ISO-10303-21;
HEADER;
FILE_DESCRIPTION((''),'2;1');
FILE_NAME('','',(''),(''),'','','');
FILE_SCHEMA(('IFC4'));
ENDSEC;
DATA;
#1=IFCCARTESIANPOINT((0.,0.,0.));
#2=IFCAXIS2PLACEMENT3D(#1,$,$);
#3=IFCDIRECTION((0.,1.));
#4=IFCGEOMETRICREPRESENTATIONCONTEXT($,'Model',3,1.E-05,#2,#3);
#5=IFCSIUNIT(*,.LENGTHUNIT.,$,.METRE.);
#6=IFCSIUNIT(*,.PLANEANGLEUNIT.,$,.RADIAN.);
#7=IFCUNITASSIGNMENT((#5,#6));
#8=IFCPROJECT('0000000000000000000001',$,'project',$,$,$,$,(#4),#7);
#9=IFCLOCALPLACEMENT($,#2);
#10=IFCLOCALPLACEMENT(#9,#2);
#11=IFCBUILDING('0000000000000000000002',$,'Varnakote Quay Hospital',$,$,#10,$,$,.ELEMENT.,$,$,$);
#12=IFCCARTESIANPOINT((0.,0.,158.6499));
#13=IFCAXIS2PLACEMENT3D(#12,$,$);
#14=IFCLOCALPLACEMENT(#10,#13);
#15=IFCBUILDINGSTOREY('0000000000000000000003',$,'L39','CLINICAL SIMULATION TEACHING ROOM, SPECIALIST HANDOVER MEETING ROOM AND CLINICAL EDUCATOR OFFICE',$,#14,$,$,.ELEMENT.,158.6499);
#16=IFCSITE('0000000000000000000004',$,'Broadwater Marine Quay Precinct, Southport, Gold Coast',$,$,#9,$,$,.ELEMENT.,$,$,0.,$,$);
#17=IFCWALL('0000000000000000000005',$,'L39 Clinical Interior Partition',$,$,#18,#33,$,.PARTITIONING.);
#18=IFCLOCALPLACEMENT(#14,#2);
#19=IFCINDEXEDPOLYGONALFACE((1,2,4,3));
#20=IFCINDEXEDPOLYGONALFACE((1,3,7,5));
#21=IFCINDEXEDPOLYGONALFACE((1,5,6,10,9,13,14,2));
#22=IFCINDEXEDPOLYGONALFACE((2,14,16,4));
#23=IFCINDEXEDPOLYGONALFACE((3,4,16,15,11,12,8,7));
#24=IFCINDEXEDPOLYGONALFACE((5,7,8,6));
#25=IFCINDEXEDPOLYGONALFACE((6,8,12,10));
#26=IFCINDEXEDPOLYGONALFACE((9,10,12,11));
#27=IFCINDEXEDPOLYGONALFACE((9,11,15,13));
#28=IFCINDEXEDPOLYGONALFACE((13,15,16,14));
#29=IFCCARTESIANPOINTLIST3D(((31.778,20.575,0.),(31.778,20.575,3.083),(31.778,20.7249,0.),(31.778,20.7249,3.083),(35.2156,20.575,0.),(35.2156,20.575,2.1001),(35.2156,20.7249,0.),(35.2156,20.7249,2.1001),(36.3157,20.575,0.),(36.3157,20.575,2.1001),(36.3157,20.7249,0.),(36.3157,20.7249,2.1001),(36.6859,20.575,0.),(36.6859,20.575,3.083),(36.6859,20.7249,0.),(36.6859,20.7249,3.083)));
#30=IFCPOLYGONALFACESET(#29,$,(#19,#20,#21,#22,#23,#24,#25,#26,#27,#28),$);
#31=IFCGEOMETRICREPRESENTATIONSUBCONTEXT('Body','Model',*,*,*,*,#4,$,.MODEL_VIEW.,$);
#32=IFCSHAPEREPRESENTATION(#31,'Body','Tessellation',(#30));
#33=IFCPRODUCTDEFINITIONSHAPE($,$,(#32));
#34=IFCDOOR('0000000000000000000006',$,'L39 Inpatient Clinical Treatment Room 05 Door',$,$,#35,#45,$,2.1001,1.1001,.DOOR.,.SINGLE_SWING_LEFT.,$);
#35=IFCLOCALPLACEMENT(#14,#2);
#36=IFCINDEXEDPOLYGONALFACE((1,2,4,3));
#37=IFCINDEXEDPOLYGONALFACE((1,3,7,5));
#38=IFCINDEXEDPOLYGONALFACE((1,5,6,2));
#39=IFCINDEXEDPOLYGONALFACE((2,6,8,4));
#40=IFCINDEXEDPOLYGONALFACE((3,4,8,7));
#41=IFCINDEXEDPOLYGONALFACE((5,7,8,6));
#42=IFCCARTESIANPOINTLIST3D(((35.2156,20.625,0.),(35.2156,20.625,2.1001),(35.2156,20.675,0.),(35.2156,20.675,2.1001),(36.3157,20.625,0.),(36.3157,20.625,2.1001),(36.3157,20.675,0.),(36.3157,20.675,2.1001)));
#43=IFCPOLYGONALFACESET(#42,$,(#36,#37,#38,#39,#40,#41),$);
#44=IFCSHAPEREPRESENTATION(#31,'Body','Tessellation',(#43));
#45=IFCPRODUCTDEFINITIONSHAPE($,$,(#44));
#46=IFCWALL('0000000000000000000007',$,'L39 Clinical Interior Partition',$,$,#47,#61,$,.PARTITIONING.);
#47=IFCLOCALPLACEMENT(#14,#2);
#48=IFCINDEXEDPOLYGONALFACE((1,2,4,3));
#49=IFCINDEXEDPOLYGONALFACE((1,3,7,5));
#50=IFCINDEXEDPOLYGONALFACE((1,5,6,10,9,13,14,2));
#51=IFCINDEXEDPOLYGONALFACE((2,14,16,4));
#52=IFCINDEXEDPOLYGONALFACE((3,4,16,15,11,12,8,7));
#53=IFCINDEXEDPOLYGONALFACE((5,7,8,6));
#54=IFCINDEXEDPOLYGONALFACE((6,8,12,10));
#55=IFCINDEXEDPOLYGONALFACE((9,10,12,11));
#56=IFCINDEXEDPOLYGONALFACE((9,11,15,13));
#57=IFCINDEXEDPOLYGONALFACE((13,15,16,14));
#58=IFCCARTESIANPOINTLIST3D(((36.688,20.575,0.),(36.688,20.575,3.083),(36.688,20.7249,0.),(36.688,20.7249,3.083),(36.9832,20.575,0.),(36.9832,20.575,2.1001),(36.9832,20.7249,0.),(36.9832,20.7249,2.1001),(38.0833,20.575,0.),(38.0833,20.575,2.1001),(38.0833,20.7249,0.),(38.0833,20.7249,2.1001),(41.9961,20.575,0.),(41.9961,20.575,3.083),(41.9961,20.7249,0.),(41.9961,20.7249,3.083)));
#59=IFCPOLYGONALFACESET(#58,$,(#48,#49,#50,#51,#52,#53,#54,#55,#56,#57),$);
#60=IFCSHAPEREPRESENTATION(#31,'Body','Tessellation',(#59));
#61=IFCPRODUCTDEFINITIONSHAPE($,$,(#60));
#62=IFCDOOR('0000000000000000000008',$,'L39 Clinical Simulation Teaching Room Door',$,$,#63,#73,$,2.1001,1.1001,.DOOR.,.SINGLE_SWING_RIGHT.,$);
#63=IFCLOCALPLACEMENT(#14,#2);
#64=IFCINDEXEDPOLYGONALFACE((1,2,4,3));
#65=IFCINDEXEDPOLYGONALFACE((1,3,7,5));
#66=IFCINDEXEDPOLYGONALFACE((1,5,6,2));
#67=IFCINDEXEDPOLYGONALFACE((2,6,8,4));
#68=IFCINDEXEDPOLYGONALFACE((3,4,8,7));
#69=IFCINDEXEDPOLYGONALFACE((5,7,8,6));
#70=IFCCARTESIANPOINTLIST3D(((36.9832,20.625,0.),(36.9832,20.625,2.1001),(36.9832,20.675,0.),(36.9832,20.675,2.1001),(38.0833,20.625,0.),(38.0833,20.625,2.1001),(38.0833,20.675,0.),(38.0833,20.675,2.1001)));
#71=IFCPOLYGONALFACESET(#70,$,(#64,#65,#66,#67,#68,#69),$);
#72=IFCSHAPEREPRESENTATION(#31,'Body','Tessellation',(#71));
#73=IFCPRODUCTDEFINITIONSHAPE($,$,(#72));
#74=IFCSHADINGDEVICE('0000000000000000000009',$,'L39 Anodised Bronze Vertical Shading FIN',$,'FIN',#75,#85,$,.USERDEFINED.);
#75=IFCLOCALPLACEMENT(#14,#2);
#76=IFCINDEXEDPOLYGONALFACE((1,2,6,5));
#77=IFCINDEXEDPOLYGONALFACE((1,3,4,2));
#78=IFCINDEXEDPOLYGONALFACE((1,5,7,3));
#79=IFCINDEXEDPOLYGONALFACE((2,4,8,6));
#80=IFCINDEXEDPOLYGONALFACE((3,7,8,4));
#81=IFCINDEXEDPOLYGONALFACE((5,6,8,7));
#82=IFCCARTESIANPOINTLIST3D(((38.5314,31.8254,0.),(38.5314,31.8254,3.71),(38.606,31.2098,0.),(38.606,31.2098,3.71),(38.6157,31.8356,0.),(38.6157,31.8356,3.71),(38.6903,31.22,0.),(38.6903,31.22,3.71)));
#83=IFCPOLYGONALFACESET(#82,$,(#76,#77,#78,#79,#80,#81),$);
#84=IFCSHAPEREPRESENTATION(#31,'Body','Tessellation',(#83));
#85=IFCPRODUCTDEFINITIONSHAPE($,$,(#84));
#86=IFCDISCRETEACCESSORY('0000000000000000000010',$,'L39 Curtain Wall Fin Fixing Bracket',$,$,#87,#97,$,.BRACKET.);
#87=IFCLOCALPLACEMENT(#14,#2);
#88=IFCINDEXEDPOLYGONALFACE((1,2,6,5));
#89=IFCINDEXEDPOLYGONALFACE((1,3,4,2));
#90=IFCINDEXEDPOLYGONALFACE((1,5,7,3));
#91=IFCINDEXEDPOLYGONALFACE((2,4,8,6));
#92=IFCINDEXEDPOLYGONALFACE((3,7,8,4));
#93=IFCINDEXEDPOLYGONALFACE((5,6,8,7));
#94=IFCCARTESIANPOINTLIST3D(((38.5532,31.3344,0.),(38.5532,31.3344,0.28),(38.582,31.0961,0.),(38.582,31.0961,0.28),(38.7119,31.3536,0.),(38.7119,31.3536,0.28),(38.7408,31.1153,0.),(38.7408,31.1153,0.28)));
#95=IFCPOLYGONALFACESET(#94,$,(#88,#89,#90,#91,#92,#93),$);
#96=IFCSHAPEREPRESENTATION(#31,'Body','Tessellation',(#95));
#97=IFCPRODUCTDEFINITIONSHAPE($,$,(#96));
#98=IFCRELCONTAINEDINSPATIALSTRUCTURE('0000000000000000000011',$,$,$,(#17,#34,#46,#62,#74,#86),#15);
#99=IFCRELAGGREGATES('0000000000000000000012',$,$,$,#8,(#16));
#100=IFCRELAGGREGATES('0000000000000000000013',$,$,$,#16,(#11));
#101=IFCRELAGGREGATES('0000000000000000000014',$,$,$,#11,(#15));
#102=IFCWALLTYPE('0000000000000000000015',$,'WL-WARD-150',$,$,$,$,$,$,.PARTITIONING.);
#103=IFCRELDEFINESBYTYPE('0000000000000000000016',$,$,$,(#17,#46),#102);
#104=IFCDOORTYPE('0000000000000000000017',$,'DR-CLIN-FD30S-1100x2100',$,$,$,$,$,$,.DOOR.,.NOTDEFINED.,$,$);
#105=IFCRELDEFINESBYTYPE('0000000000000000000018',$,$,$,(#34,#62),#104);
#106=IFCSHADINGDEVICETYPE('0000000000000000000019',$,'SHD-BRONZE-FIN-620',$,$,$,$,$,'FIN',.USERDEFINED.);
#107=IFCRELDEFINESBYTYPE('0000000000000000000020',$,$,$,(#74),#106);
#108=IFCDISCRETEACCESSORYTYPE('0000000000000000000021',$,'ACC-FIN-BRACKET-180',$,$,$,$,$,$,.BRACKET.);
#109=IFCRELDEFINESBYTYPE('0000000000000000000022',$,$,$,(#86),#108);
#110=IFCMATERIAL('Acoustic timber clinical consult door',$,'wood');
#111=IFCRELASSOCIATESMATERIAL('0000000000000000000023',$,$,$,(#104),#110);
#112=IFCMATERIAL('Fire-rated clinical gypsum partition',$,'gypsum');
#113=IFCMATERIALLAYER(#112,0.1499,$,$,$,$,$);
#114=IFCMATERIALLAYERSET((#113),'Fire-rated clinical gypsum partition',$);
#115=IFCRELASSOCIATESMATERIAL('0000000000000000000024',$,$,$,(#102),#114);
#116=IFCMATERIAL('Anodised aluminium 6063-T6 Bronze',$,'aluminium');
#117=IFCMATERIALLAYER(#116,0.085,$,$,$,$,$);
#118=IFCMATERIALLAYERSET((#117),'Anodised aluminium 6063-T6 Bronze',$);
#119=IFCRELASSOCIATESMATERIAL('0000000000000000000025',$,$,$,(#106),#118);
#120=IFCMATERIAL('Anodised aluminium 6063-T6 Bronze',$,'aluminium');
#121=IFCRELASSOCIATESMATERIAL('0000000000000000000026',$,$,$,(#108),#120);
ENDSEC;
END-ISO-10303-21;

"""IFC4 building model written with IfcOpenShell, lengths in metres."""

from ifc_helpers import new_model, si_unit, direction, frame, frame_2d, origin, origin_2d, place, context, subcontext, project, spatial, rectangle, extrude, material, layer, layer_set, type_object, element, fill, save


model = new_model("IFC4")

# Units and contexts
model_context = context("Model", 3, precision=1e-05, world=origin(), true_north=direction((0.0, 1.0)))
body_context = subcontext(model_context, "Body", "Model", "MODEL_VIEW")
ifc_project = project(units=[si_unit("LENGTHUNIT", "METRE"), si_unit("PLANEANGLEUNIT", "RADIAN")], contexts=[model_context])

# Site, building, storey
site_placement = place(None, origin())
site = spatial("IfcSite", under=ifc_project, at=site_placement, Name="Broadwater Marine Quay Precinct, Southport, Gold Coast", CompositionType="ELEMENT", RefElevation=0.0)
building_placement = place(site_placement, origin())
building = spatial("IfcBuilding", under=site, at=building_placement, Name="Varnakote Quay Hospital", CompositionType="ELEMENT")
storey_placement = place(building_placement, frame((0.0, 0.0, 158.6499)))
storey = spatial("IfcBuildingStorey", under=building, at=storey_placement, Name="L39", Description="CLINICAL SIMULATION TEACHING ROOM, SPECIALIST HANDOVER MEETING ROOM AND CLINICAL EDUCATOR OFFICE", CompositionType="ELEMENT", Elevation=158.6499)

# Shared definitions
ifc_material_1 = material(Name="Acoustic timber clinical consult door", Category="wood")
door_type_1 = type_object("IfcDoorType", Name="DR-CLIN-FD30S-1100x2100", OperationType="NOTDEFINED", PredefinedType="DOOR", material=ifc_material_1)

# Walls, openings, doors
ifc_material_2 = material(Name="Fire-rated clinical gypsum partition", Category="gypsum")
ifc_layer_1 = layer(ifc_material_2, 0.1499)
ifc_layer_set_1 = layer_set([ifc_layer_1], Name="Fire-rated clinical gypsum partition")
wall_type_1 = type_object("IfcWallType", Name="WL-WARD-150", PredefinedType="PARTITIONING", material=ifc_layer_set_1)
wall_1_placement = place(storey_placement, frame((36.686, 20.6499, 0.0), z_axis=(0.0, 0.0, 1.0), x_axis=(-1.0, 0.0, 0.0)))
wall_1 = element("IfcWall", 1, at=wall_1_placement, inside=storey, type_object=wall_type_1, Name="L39 Clinical Interior Partition", PredefinedType="PARTITIONING", context=body_context, shape_type="SweptSolid", body=[
    extrude(rectangle(XDim=4.908, YDim=0.1499, at=frame_2d((2.4541, 0.0))), origin(), (0.0, 0.0, 1.0), 3.083),
])
opening_1_placement = place(wall_1_placement, frame((0.3704, 0.0, 0.0)))
opening_1 = element("IfcOpeningElement", 2, at=opening_1_placement, cuts=wall_1, PredefinedType="OPENING", context=body_context, shape_type="SweptSolid", body=[
    extrude(rectangle(XDim=1.1001, YDim=2.1001, at=frame_2d((0.55, 1.05))), frame((0.0, 0.085, 0.0), z_axis=(0.0, -1.0, 0.0), x_axis=(1.0, 0.0, 0.0)), (0.0, 0.0, 1.0), 0.1699),
])
door_1_placement = place(opening_1_placement, origin())
door_1 = element("IfcDoor", 3, at=door_1_placement, inside=storey, type_object=door_type_1, Name="L39 Inpatient Clinical Treatment Room 05 Door", OperationType="SINGLE_SWING_LEFT", OverallHeight=2.1001, OverallWidth=1.1001, PredefinedType="DOOR", context=body_context, shape_type="SweptSolid", body=[
    extrude(rectangle(XDim=1.1001, YDim=2.1001, at=frame_2d((0.55, 1.05))), frame((0.0, 0.0249, 0.0), z_axis=(0.0, -1.0, 0.0), x_axis=(1.0, 0.0, 0.0)), (0.0, 0.0, 1.0), 0.05),
])
fill(opening_1, door_1)
wall_2_placement = place(storey_placement, frame((41.9961, 20.6499, 0.0), z_axis=(0.0, 0.0, 1.0), x_axis=(-1.0, 0.0, 0.0)))
wall_2 = element("IfcWall", 4, at=wall_2_placement, inside=storey, type_object=wall_type_1, Name="L39 Clinical Interior Partition", PredefinedType="PARTITIONING", context=body_context, shape_type="SweptSolid", body=[
    extrude(rectangle(XDim=5.3081, YDim=0.1499, at=frame_2d((2.6541, 0.0))), origin(), (0.0, 0.0, 1.0), 3.083),
])
opening_2_placement = place(wall_2_placement, frame((3.9128, 0.0, 0.0)))
opening_2 = element("IfcOpeningElement", 5, at=opening_2_placement, cuts=wall_2, PredefinedType="OPENING", context=body_context, shape_type="SweptSolid", body=[
    extrude(rectangle(XDim=1.1001, YDim=2.1001, at=frame_2d((0.55, 1.05))), frame((0.0, 0.085, 0.0), z_axis=(0.0, -1.0, 0.0), x_axis=(1.0, 0.0, 0.0)), (0.0, 0.0, 1.0), 0.1699),
])
door_2_placement = place(opening_2_placement, origin())
door_2 = element("IfcDoor", 6, at=door_2_placement, inside=storey, type_object=door_type_1, Name="L39 Clinical Simulation Teaching Room Door", OperationType="SINGLE_SWING_RIGHT", OverallHeight=2.1001, OverallWidth=1.1001, PredefinedType="DOOR", context=body_context, shape_type="SweptSolid", body=[
    extrude(rectangle(XDim=1.1001, YDim=2.1001, at=frame_2d((0.55, 1.05))), frame((0.0, 0.0249, 0.0), z_axis=(0.0, -1.0, 0.0), x_axis=(1.0, 0.0, 0.0)), (0.0, 0.0, 1.0), 0.05),
])
fill(opening_2, door_2)

# Shading device
ifc_material_3 = material(Name="Anodised aluminium 6063-T6 Bronze", Category="aluminium")
ifc_layer_2 = layer(ifc_material_3, 0.085)
ifc_layer_set_2 = layer_set([ifc_layer_2], Name="Anodised aluminium 6063-T6 Bronze")
shading_device_type = type_object("IfcShadingDeviceType", Name="SHD-BRONZE-FIN-620", ElementType="FIN", PredefinedType="USERDEFINED", material=ifc_layer_set_2)
shading_device_placement = place(storey_placement, frame((38.6108, 31.5227, 0.0), z_axis=(0.0, 0.0, 1.0), x_axis=(0.12031, -0.992736, 0.0)))
element("IfcShadingDevice", 7, at=shading_device_placement, inside=storey, type_object=shading_device_type, Name="L39 Anodised Bronze Vertical Shading FIN", ObjectType="FIN", PredefinedType="USERDEFINED", context=body_context, shape_type="SweptSolid", body=[
    extrude(rectangle(XDim=0.6201, YDim=0.085, at=origin_2d()), origin(), (0.0, 0.0, 1.0), 3.71),
])

# Discrete accessory
ifc_material_4 = material(Name="Anodised aluminium 6063-T6 Bronze", Category="aluminium")
discrete_accessory_type = type_object("IfcDiscreteAccessoryType", Name="ACC-FIN-BRACKET-180", PredefinedType="BRACKET", material=ifc_material_4)
discrete_accessory_placement = place(storey_placement, frame((38.647, 31.2249, 0.0), z_axis=(0.0, 0.0, 1.0), x_axis=(-0.992736, -0.12031, 0.0)))
element("IfcDiscreteAccessory", 8, at=discrete_accessory_placement, inside=storey, type_object=discrete_accessory_type, Name="L39 Curtain Wall Fin Fixing Bracket", PredefinedType="BRACKET", context=body_context, shape_type="SweptSolid", body=[
    extrude(rectangle(XDim=0.1599, YDim=0.24, at=origin_2d()), origin(), (0.0, 0.0, 1.0), 0.28),
])

save(model, "model.ifc")
